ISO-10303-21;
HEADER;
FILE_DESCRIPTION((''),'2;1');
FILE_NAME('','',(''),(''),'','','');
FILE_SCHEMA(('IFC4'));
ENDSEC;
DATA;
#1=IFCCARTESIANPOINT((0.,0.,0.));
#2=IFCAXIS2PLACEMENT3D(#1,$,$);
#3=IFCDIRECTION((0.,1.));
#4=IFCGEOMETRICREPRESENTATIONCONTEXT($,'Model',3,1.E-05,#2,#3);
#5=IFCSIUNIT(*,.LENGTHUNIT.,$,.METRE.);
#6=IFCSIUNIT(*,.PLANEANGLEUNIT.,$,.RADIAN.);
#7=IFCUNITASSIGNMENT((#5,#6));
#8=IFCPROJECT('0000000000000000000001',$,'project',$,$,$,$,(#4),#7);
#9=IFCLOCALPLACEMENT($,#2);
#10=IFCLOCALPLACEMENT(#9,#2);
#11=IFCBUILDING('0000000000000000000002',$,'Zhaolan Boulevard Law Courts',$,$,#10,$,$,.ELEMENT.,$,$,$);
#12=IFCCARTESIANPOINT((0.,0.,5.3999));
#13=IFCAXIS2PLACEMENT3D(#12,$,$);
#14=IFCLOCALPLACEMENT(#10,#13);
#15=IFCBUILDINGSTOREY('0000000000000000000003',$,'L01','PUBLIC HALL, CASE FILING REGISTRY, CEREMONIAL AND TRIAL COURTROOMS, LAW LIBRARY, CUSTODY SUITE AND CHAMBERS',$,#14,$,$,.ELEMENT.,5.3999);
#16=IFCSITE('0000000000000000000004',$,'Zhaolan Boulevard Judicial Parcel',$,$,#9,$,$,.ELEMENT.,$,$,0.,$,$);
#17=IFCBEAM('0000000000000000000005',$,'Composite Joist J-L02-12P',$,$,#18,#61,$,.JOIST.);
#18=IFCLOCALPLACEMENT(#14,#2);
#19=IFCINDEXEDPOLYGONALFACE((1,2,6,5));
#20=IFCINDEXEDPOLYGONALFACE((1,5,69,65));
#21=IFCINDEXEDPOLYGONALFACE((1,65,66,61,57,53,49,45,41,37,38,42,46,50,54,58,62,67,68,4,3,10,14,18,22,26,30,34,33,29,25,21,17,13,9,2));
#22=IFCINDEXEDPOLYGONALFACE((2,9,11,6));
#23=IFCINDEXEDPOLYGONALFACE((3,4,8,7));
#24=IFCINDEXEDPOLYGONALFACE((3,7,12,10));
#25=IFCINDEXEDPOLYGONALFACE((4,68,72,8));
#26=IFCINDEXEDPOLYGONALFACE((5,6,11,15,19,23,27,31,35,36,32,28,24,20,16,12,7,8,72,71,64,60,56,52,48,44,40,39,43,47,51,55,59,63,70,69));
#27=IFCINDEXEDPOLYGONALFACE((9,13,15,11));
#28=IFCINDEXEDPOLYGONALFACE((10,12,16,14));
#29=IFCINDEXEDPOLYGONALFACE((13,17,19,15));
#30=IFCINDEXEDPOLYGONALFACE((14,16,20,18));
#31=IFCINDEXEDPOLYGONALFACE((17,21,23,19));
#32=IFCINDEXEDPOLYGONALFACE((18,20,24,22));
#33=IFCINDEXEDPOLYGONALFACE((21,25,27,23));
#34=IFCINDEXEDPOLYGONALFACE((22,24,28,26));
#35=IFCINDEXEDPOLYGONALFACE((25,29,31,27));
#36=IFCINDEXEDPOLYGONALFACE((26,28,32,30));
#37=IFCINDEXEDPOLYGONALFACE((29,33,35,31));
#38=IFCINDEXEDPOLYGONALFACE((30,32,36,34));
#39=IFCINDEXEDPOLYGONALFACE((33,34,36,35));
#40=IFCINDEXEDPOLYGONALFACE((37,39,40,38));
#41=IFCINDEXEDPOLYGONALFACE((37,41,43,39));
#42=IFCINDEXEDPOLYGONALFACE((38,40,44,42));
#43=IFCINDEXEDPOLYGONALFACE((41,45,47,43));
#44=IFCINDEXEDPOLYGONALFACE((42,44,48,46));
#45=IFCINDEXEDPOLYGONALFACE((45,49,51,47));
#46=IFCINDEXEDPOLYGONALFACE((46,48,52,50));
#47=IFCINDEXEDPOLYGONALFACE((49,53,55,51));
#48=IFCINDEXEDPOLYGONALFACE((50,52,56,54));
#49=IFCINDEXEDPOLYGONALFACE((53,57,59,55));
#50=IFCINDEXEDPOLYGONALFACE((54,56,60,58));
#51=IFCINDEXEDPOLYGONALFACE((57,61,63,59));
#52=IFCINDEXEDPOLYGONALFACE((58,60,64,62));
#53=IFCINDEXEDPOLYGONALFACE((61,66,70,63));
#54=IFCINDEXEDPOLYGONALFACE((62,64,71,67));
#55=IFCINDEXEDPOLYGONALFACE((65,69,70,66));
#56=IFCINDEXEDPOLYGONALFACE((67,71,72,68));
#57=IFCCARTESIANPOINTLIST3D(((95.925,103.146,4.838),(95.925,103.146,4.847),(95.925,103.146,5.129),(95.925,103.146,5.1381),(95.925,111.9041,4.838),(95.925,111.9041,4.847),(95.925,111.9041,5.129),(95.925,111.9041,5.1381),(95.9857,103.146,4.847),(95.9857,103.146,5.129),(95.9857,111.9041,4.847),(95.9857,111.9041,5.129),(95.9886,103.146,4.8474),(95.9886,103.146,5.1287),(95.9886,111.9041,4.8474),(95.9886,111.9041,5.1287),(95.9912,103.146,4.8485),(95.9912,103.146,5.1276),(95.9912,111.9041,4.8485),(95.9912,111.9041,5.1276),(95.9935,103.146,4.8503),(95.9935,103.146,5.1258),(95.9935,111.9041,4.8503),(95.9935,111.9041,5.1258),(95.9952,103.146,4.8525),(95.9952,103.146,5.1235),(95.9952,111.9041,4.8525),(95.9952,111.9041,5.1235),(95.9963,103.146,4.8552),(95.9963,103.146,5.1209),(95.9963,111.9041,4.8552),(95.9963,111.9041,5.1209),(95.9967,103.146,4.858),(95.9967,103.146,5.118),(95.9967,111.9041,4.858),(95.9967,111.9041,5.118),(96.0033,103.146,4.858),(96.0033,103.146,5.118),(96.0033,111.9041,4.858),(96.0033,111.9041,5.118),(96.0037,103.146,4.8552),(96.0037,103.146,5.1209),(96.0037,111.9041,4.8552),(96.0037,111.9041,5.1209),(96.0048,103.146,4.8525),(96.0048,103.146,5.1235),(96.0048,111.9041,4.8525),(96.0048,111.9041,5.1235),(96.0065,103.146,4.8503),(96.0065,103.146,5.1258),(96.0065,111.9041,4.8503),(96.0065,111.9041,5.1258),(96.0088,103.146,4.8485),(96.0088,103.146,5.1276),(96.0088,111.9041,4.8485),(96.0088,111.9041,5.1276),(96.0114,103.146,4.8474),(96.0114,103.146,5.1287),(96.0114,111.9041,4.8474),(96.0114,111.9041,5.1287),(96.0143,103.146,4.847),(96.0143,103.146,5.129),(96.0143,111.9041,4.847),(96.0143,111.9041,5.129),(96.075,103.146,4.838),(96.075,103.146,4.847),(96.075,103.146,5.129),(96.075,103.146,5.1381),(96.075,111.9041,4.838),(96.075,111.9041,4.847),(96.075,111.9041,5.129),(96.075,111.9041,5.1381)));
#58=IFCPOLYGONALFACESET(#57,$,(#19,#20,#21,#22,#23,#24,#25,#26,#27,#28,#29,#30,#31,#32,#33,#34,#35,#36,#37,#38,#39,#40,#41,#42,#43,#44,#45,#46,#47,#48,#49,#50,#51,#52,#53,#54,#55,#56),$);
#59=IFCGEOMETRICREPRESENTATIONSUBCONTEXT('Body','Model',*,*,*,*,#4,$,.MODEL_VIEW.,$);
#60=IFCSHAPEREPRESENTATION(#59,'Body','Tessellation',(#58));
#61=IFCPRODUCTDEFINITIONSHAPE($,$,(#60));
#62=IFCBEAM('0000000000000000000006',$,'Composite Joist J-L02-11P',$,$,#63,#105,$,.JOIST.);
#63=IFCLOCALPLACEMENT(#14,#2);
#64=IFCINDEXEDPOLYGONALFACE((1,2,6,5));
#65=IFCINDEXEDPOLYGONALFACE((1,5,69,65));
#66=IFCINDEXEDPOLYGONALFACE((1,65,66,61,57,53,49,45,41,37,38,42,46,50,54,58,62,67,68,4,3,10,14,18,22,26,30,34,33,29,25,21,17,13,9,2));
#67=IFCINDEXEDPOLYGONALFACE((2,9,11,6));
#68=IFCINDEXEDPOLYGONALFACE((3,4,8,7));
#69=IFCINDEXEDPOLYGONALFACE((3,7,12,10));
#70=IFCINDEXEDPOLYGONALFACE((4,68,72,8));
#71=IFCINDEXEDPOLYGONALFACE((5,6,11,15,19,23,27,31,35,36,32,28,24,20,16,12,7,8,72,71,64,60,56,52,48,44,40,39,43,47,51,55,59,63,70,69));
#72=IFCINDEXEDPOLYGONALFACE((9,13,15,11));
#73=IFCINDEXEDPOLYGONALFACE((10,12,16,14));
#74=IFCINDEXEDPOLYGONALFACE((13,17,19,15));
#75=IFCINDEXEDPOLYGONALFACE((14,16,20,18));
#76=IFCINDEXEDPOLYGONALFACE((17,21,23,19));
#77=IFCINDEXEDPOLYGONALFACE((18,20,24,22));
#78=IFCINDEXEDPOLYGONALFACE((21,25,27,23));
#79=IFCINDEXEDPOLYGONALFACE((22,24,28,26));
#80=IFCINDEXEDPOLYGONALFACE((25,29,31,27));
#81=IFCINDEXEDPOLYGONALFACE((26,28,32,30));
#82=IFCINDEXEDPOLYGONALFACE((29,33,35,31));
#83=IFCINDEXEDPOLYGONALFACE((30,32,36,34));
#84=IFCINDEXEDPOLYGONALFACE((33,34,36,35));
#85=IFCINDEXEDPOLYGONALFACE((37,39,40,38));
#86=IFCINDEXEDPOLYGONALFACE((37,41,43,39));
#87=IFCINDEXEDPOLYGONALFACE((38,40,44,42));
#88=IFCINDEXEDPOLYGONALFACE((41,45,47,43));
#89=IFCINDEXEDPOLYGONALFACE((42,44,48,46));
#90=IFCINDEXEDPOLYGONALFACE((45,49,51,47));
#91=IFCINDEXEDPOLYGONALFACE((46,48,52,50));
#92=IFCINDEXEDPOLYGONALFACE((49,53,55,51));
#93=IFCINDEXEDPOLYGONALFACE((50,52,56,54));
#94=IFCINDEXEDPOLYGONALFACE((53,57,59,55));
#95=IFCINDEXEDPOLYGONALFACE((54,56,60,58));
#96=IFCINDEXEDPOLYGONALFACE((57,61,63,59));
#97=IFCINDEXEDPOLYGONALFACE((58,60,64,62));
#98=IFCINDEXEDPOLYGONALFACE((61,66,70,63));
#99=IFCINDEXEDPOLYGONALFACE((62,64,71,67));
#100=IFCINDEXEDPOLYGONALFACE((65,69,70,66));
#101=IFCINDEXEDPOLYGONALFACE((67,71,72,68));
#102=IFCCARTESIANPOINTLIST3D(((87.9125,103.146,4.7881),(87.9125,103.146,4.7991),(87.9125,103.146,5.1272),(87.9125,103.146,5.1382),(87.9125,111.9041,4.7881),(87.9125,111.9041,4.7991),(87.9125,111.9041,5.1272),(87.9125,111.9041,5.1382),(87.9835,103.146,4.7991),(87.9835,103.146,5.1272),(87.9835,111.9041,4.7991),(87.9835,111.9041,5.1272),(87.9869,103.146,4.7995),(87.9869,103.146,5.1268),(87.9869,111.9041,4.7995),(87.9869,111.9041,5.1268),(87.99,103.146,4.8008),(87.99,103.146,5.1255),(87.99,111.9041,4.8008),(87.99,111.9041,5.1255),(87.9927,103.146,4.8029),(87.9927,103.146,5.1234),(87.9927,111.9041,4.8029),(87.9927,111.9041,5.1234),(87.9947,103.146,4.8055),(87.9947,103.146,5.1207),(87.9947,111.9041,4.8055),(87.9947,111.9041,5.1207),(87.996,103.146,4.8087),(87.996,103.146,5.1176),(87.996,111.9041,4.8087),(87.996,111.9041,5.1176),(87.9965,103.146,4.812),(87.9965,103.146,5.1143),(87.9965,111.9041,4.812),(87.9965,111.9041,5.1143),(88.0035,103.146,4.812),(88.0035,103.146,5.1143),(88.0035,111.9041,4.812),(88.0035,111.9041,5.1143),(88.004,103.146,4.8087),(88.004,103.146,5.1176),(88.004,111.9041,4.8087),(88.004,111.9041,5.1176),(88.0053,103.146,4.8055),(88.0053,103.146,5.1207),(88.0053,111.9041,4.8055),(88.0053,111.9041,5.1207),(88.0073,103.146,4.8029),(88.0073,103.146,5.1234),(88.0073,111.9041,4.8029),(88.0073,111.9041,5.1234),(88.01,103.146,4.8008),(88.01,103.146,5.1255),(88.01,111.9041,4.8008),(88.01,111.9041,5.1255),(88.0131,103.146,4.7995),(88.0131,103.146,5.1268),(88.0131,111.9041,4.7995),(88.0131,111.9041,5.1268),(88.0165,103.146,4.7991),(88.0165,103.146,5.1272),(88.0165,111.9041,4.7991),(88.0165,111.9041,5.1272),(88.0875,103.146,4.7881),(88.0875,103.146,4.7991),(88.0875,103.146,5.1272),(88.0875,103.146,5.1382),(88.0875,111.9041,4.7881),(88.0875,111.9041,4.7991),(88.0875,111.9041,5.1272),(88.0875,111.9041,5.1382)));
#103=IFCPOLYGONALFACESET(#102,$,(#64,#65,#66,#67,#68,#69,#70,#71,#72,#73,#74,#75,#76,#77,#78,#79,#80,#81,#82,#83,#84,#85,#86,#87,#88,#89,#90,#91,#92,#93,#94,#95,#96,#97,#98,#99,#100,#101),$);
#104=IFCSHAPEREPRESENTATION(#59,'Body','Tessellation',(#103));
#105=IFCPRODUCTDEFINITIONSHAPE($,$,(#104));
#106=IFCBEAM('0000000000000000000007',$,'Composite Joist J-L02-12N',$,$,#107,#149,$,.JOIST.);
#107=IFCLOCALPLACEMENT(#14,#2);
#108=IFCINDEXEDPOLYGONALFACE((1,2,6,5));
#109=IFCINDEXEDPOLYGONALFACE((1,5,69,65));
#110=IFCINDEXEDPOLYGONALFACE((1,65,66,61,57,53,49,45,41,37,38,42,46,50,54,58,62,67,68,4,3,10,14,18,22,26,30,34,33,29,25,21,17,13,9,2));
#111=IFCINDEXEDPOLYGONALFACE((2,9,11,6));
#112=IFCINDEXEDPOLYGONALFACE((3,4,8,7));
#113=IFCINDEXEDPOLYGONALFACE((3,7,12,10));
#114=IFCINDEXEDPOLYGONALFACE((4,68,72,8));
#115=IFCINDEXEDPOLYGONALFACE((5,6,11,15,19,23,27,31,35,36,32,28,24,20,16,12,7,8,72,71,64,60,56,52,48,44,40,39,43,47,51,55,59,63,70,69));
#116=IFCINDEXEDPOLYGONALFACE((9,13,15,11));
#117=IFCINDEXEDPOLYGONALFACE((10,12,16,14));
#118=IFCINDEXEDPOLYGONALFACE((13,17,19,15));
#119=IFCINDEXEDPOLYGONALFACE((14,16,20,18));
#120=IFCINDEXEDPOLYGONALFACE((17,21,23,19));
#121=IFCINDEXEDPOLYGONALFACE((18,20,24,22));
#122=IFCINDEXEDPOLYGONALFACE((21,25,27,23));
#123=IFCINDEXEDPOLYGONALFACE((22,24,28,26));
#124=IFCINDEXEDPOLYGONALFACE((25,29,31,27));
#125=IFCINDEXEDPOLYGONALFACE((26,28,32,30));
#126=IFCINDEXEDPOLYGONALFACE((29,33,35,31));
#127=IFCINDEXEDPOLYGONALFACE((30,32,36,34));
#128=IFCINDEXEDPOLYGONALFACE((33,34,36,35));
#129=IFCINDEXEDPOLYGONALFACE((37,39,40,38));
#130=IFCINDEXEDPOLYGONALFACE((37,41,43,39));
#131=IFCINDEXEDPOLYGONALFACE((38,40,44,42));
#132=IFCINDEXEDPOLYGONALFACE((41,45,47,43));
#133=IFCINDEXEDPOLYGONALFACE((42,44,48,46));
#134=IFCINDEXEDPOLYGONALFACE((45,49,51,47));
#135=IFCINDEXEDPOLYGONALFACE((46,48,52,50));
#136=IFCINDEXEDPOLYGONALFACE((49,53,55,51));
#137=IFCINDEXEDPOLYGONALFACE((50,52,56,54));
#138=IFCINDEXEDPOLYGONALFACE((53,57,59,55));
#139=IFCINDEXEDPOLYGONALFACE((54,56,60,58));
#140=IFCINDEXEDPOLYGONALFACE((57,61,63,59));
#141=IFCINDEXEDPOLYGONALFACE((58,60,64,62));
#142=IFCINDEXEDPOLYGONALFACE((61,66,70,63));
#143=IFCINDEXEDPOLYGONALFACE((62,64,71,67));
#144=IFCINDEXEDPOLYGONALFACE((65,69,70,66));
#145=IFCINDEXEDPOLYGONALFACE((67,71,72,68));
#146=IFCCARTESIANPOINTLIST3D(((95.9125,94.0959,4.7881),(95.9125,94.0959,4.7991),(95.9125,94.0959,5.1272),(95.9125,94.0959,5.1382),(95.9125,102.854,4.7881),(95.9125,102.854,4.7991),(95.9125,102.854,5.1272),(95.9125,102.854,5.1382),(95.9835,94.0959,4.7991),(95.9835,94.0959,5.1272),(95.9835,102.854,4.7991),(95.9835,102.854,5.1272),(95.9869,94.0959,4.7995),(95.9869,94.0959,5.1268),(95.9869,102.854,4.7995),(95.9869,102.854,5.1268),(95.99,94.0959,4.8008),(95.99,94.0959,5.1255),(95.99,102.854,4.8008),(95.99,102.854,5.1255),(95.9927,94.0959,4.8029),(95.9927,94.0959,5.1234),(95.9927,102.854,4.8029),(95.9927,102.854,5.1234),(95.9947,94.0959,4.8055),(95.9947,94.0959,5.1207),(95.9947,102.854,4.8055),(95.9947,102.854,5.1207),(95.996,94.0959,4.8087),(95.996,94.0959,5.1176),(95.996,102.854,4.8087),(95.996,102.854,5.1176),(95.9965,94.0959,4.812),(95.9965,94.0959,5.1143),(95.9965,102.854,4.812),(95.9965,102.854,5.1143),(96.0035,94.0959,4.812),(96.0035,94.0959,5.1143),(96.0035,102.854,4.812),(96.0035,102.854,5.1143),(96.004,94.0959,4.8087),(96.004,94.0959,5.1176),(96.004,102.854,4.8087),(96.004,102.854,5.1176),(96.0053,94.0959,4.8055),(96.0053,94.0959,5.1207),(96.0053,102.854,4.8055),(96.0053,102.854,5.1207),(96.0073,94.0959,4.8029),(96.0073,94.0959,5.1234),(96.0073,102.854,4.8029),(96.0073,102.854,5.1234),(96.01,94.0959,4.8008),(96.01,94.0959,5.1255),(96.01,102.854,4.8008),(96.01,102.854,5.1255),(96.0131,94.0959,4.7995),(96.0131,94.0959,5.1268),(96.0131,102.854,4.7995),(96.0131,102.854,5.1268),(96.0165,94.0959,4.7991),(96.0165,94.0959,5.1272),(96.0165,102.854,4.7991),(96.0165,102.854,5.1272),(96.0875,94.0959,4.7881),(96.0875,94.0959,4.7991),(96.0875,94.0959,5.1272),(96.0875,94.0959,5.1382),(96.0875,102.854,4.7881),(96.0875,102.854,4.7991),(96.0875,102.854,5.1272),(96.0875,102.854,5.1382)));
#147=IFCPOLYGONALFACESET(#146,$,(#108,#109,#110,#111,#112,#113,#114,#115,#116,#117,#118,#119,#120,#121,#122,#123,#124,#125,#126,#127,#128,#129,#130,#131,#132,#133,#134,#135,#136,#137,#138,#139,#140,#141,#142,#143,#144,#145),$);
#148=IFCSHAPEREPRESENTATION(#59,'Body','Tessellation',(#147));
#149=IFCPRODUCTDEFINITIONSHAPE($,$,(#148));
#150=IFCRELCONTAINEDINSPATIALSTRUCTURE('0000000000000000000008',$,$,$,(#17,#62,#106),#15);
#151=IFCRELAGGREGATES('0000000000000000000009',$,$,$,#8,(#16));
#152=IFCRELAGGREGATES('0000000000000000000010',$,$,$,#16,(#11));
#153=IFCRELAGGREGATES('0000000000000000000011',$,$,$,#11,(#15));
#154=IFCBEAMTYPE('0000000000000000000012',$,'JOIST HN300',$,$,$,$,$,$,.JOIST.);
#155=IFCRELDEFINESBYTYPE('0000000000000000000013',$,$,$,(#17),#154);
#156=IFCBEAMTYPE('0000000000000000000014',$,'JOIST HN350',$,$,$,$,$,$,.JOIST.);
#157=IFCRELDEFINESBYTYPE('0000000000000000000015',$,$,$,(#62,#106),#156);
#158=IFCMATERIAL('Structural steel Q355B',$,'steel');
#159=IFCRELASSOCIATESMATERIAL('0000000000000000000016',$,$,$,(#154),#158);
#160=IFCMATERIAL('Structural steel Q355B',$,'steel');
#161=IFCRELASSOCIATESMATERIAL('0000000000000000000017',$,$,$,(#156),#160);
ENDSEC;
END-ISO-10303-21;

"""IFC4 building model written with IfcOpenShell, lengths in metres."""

from ifc_helpers import new_model, si_unit, direction, frame, origin, origin_2d, place, context, subcontext, project, spatial, i_section, extrude, material, material_profile, profile_set, type_object, element, save


model = new_model("IFC4")

# Units and contexts
model_context = context("Model", 3, precision=1e-05, world=origin(), true_north=direction((0.0, 1.0)))
body_context = subcontext(model_context, "Body", "Model", "MODEL_VIEW")
ifc_project = project(units=[si_unit("LENGTHUNIT", "METRE"), si_unit("PLANEANGLEUNIT", "RADIAN")], contexts=[model_context])

# Site, building, storey
site_placement = place(None, origin())
site = spatial("IfcSite", under=ifc_project, at=site_placement, Name="Zhaolan Boulevard Judicial Parcel", CompositionType="ELEMENT", RefElevation=0.0)
building_placement = place(site_placement, origin())
building = spatial("IfcBuilding", under=site, at=building_placement, Name="Zhaolan Boulevard Law Courts", CompositionType="ELEMENT")
storey_placement = place(building_placement, frame((0.0, 0.0, 5.3999)))
storey = spatial("IfcBuildingStorey", under=building, at=storey_placement, Name="L01", Description="PUBLIC HALL, CASE FILING REGISTRY, CEREMONIAL AND TRIAL COURTROOMS, LAW LIBRARY, CUSTODY SUITE AND CHAMBERS", CompositionType="ELEMENT", Elevation=5.3999)

# Beams
ifc_material_1 = material(Name="Structural steel Q355B", Category="steel")
ifc_material_profile_1 = material_profile(ifc_material_1, i_section(OverallWidth=0.1499, OverallDepth=0.3, WebThickness=0.0066, FlangeThickness=0.009, FilletRadius=0.011, at=origin_2d()), Name="HN300x150")
ifc_profile_set_1 = profile_set([ifc_material_profile_1], Name="Structural steel Q355B")
beam_type_1 = type_object("IfcBeamType", Name="JOIST HN300", PredefinedType="JOIST", material=ifc_profile_set_1)
beam_1_placement = place(storey_placement, frame((96.0, 103.146, 4.988), z_axis=(0.0, 1.0, 0.0), x_axis=(-1.0, 0.0, 0.0)))
element("IfcBeam", 1, at=beam_1_placement, inside=storey, type_object=beam_type_1, Name="Composite Joist J-L02-12P", PredefinedType="JOIST", context=body_context, shape_type="SweptSolid", body=[
    extrude(i_section(OverallWidth=0.1499, OverallDepth=0.3, WebThickness=0.0066, FlangeThickness=0.009, FilletRadius=0.011, at=origin_2d()), origin(), (0.0, 0.0, 1.0), 8.7581),
])
ifc_material_2 = material(Name="Structural steel Q355B", Category="steel")
ifc_material_profile_2 = material_profile(ifc_material_2, i_section(OverallWidth=0.175, OverallDepth=0.3501, WebThickness=0.0071, FlangeThickness=0.011, FilletRadius=0.0129, at=origin_2d()), Name="HN350x175")
ifc_profile_set_2 = profile_set([ifc_material_profile_2], Name="Structural steel Q355B")
beam_type_2 = type_object("IfcBeamType", Name="JOIST HN350", PredefinedType="JOIST", material=ifc_profile_set_2)
for number, where, z_axis, x_axis, name in (
    (2, (88.0, 103.146, 4.9631), (0.0, 1.0, 0.0), (-1.0, 0.0, 0.0), "Composite Joist J-L02-11P"),
    (3, (96.0, 94.0959, 4.9631), (0.0, 1.0, 0.0), (-1.0, 0.0, 0.0), "Composite Joist J-L02-12N"),
):
    element("IfcBeam", number, at=place(storey_placement, frame(where, z_axis=z_axis, x_axis=x_axis)), inside=storey, type_object=beam_type_2, Name=name, PredefinedType="JOIST", context=body_context, shape_type="SweptSolid", body=[
        extrude(i_section(OverallWidth=0.175, OverallDepth=0.3501, WebThickness=0.0071, FlangeThickness=0.011, FilletRadius=0.0129, at=origin_2d()), origin(), (0.0, 0.0, 1.0), 8.7581),
    ])

save(model, "model.ifc")
